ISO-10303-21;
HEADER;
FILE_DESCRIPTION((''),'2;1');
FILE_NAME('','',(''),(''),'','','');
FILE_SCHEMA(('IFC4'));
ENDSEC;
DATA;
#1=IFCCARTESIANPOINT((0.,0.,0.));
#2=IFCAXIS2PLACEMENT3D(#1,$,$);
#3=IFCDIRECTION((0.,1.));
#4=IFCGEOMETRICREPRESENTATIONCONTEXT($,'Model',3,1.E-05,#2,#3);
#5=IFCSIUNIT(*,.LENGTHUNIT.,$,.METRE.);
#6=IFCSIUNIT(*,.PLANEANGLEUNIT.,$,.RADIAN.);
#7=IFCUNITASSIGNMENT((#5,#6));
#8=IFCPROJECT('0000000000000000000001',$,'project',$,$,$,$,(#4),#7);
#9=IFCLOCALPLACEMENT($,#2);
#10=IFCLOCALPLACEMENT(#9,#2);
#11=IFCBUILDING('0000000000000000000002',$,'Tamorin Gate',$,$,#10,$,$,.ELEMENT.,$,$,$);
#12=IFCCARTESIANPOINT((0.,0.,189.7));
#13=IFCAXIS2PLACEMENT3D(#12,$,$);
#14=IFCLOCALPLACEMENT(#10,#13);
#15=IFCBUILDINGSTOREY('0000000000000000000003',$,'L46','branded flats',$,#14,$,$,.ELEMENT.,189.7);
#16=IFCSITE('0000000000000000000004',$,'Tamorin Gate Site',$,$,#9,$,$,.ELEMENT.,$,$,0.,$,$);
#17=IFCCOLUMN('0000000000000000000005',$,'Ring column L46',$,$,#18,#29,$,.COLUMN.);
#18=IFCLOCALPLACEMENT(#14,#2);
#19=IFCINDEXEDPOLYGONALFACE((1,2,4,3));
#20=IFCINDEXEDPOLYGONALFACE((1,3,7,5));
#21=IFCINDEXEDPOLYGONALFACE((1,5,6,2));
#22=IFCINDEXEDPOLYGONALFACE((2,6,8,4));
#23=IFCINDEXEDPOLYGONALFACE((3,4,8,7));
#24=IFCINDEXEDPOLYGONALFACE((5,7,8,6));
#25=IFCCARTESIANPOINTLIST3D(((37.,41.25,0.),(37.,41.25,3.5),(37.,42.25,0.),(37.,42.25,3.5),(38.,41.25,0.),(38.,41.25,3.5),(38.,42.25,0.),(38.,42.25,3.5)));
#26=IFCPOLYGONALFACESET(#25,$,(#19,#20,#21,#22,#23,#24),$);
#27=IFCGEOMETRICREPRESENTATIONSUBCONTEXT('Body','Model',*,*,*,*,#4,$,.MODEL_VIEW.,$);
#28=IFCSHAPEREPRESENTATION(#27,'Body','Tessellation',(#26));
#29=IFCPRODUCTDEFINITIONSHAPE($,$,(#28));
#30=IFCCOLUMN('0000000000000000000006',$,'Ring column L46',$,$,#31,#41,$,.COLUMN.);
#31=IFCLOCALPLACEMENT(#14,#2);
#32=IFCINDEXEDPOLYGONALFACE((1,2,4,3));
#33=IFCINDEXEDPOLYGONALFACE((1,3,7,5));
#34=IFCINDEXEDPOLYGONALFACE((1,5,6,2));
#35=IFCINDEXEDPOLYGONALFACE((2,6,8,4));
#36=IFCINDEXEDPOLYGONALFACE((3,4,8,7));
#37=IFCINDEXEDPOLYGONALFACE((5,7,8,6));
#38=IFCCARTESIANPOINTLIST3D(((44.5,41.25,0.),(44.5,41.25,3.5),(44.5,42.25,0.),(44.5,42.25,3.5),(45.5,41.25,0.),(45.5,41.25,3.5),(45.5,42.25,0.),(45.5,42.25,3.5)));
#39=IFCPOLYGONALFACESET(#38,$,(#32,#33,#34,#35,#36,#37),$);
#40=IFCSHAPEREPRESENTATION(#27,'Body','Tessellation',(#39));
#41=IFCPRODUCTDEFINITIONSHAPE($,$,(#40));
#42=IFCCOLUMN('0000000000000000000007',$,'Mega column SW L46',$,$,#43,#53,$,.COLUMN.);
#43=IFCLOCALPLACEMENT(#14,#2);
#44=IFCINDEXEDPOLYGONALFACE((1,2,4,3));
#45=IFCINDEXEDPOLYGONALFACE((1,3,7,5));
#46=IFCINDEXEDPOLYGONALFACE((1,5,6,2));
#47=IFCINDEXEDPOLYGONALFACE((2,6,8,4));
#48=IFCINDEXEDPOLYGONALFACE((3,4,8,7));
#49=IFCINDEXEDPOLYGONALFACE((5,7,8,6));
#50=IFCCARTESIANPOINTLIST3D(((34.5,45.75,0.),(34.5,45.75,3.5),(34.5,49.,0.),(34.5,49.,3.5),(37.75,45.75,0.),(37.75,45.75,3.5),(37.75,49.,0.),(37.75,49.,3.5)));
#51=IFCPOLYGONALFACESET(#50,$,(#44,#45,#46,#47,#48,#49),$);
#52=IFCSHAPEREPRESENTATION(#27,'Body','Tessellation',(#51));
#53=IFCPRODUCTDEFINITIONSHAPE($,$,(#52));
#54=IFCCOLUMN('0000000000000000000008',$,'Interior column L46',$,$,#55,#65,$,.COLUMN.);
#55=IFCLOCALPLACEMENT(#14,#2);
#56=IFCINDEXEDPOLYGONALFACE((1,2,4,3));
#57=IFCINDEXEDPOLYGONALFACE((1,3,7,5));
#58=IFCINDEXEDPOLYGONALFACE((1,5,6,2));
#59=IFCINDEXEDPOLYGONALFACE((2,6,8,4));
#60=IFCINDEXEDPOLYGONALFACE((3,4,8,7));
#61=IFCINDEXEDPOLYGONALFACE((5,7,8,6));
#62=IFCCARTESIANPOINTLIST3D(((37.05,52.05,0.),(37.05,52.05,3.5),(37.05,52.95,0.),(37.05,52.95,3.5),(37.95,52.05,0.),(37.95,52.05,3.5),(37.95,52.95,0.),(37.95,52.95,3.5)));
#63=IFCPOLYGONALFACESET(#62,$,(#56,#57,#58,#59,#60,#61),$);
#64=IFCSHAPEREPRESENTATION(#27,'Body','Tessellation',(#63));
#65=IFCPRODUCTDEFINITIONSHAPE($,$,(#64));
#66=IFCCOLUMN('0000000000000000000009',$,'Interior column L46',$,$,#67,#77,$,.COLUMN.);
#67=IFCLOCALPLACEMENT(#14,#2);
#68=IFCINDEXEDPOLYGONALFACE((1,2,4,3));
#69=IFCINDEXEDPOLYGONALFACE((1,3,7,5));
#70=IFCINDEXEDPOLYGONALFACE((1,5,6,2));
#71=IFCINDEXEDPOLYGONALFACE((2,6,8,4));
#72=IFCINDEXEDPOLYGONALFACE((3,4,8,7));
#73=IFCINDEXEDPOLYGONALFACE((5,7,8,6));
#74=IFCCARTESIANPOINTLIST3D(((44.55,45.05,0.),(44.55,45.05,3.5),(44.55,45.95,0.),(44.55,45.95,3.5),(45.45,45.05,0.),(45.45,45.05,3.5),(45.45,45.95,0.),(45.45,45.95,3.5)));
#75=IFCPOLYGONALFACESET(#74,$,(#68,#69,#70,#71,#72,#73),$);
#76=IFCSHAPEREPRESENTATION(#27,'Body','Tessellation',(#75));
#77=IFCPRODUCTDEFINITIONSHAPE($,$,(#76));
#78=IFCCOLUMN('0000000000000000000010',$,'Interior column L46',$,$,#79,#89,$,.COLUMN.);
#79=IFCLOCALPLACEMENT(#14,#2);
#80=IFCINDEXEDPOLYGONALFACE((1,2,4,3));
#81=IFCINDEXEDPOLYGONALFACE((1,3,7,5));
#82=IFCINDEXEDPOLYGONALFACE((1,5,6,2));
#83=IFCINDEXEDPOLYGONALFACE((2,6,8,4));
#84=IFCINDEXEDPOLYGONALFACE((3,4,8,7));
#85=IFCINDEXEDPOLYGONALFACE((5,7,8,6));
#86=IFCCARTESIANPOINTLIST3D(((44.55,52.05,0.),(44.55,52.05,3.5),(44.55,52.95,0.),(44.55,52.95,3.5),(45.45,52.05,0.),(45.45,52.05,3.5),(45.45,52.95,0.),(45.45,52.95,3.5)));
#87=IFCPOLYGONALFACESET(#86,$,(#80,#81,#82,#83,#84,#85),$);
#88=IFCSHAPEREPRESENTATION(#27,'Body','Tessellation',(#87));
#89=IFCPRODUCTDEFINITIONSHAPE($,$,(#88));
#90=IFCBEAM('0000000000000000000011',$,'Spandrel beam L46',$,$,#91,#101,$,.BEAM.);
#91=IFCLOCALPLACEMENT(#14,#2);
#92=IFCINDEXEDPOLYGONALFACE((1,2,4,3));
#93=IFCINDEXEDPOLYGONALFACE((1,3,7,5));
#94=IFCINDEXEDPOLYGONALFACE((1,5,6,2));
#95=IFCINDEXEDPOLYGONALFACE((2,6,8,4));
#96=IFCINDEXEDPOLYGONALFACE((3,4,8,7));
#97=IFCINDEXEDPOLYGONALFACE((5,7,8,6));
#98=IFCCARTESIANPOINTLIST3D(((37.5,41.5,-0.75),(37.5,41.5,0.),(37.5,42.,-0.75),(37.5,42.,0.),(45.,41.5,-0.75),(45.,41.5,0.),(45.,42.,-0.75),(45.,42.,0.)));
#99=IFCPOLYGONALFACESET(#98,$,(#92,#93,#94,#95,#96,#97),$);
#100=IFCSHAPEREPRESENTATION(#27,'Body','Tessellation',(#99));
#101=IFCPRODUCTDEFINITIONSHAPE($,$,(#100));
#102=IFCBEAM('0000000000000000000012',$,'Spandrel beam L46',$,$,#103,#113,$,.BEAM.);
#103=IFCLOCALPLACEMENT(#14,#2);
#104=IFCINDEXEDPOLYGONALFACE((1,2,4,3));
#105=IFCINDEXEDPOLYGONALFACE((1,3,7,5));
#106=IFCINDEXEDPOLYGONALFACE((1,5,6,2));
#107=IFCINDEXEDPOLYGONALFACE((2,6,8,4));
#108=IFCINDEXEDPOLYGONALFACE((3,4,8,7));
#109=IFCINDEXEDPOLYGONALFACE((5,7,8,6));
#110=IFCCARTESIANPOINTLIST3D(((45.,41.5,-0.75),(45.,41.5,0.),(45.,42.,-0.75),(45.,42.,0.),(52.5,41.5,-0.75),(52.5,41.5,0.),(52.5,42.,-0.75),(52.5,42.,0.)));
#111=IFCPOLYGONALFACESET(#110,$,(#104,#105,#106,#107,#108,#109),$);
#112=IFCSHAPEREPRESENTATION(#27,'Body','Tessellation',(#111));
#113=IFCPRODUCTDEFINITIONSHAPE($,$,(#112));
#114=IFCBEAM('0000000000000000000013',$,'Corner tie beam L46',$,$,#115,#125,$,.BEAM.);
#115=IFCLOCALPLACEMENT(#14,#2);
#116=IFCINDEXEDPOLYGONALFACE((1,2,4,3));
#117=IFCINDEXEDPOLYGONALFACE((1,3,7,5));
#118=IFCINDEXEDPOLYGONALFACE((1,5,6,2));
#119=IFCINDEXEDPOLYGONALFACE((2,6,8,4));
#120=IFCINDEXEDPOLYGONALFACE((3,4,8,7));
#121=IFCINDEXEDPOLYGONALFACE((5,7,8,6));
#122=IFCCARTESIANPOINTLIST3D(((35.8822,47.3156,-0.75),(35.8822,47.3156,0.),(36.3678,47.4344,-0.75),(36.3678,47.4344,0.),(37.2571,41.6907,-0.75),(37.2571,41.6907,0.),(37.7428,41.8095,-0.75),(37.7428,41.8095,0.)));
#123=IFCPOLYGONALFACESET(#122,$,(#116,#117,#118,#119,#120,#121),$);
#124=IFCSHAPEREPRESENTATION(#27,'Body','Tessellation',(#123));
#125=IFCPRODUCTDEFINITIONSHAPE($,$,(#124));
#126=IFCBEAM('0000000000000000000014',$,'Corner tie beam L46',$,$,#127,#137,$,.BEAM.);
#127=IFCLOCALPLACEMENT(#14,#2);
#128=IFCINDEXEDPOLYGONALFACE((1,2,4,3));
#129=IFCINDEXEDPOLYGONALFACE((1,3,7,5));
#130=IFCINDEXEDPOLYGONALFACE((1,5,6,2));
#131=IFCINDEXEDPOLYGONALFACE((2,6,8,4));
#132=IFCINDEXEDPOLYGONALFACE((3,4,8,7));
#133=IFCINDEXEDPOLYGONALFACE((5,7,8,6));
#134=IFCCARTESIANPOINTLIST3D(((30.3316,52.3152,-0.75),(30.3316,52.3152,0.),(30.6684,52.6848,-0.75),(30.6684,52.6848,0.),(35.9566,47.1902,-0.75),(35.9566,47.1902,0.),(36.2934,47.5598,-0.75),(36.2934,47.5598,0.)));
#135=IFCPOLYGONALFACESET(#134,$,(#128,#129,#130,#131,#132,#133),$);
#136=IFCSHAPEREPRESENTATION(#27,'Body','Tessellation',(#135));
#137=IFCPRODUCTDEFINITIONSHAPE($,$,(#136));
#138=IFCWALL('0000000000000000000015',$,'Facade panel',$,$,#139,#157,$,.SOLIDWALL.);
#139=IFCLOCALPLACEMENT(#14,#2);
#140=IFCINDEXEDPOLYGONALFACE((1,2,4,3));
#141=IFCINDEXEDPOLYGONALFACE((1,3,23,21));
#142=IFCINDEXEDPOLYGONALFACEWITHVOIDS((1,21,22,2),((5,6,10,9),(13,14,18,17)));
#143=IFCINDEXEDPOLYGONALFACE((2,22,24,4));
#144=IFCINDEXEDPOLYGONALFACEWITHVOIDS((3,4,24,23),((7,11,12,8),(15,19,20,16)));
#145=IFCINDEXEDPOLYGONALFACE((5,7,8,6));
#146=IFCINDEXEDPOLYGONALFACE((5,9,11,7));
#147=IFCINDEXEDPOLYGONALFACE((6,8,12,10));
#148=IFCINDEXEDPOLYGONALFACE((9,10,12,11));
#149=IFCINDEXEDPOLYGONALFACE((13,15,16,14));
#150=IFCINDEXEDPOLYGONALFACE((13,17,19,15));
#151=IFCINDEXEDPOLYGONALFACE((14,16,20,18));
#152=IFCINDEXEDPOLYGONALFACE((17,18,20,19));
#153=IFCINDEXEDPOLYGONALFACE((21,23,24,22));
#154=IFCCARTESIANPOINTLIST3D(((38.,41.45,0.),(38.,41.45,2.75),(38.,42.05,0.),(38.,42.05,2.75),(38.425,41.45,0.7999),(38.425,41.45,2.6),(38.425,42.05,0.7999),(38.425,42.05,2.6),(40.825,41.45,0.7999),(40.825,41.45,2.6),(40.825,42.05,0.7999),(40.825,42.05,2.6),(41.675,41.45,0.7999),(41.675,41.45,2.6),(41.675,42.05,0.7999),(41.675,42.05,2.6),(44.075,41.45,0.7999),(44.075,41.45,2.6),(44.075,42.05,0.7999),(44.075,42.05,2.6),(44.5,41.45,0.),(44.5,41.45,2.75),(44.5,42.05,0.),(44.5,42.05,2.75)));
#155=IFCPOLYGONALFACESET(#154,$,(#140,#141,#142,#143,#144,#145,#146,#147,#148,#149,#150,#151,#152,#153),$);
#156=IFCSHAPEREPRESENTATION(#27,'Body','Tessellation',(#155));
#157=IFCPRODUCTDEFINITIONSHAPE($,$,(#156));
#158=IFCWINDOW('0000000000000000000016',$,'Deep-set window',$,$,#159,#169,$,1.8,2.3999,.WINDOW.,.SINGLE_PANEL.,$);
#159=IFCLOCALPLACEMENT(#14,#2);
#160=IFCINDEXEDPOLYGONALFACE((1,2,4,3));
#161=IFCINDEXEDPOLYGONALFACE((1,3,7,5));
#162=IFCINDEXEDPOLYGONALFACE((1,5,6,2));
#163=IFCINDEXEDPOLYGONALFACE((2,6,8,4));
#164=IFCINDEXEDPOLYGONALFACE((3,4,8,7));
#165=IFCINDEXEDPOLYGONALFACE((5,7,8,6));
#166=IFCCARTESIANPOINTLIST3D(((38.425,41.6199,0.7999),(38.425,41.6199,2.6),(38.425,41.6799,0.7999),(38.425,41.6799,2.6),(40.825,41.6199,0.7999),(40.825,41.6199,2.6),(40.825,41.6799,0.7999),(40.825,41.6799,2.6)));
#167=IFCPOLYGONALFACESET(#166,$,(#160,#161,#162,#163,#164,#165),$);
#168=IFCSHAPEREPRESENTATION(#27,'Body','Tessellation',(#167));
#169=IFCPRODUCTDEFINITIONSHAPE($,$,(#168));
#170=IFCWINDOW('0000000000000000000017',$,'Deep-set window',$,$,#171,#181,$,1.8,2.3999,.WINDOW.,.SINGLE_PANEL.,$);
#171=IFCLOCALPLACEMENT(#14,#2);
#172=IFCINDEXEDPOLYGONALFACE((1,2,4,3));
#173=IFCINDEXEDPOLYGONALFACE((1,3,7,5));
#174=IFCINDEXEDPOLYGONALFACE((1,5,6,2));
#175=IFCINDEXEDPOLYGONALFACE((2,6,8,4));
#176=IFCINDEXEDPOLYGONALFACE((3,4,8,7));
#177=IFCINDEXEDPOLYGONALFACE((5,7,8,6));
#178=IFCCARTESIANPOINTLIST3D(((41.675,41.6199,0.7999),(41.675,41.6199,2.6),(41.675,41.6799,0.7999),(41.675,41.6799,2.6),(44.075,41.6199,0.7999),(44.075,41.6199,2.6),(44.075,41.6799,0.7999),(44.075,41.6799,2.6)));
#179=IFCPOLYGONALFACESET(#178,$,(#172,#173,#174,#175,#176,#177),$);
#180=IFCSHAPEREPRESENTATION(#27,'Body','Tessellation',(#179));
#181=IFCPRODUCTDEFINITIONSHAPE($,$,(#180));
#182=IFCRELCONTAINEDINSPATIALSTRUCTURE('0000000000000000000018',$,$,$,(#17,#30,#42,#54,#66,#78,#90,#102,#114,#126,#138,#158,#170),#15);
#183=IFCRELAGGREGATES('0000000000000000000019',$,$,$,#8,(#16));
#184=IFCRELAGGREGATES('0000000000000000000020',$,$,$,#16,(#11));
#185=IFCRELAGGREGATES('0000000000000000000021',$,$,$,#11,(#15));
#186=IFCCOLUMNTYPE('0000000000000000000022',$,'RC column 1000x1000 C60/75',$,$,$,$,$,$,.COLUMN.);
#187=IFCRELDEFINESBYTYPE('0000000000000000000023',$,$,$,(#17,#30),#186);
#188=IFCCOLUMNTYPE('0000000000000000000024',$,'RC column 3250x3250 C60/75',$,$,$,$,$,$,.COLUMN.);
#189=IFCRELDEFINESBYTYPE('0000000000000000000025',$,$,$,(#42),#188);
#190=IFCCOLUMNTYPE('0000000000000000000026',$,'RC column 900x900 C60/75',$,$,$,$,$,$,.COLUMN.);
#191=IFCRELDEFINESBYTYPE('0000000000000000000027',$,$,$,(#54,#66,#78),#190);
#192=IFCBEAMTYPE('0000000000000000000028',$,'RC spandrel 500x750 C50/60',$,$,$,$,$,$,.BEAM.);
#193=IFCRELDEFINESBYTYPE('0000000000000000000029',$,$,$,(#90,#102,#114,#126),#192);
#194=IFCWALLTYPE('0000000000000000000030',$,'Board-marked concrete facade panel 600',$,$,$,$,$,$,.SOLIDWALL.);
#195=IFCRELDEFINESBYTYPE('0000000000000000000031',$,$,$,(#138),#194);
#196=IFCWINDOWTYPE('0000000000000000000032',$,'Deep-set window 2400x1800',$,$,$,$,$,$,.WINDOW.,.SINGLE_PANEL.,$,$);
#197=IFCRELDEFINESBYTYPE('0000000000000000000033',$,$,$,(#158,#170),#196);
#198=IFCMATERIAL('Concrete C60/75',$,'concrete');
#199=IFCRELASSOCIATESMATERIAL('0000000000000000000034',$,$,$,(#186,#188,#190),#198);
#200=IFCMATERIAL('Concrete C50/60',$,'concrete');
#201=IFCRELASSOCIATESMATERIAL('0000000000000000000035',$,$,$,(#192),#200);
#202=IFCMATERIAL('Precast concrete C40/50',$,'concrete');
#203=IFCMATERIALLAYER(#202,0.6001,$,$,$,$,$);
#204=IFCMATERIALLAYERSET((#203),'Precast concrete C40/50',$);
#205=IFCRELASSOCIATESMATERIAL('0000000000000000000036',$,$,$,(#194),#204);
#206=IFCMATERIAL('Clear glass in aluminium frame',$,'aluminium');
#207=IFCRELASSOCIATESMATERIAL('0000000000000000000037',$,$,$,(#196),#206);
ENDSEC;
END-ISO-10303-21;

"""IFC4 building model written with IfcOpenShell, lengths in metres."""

from ifc_helpers import new_model, si_unit, direction, frame, frame_2d, origin, origin_2d, place, context, subcontext, project, spatial, rectangle, extrude, material, layer, layer_set, material_profile, profile_set, type_object, element, fill, save


model = new_model("IFC4")

# Units and contexts
model_context = context("Model", 3, precision=1e-05, world=origin(), true_north=direction((0.0, 1.0)))
body_context = subcontext(model_context, "Body", "Model", "MODEL_VIEW")
ifc_project = project(units=[si_unit("LENGTHUNIT", "METRE"), si_unit("PLANEANGLEUNIT", "RADIAN")], contexts=[model_context])

# Site, building, storey
site_placement = place(None, origin())
site = spatial("IfcSite", under=ifc_project, at=site_placement, Name="Tamorin Gate Site", CompositionType="ELEMENT", RefElevation=0.0)
building_placement = place(site_placement, origin())
building = spatial("IfcBuilding", under=site, at=building_placement, Name="Tamorin Gate", CompositionType="ELEMENT")
storey_placement = place(building_placement, frame((0.0, 0.0, 189.7)))
storey = spatial("IfcBuildingStorey", under=building, at=storey_placement, Name="L46", Description="branded flats", CompositionType="ELEMENT", Elevation=189.7)

# Columns
ifc_material_1 = material(Name="Concrete C60/75", Category="concrete")
ifc_material_profile_1 = material_profile(ifc_material_1, rectangle(XDim=1.0, YDim=1.0, at=origin_2d()), Name="RC 1000x1000")
ifc_profile_set_1 = profile_set([ifc_material_profile_1], Name="Concrete C60/75")
column_type_1 = type_object("IfcColumnType", Name="RC column 1000x1000 C60/75", PredefinedType="COLUMN", material=ifc_profile_set_1)
for number, where, z_axis, x_axis, name in (
    (1, (37.5, 41.75, 0.0), (0.0, 0.0, 1.0), (1.0, 0.0, 0.0), "Ring column L46"),
    (2, (45.0, 41.75, 0.0), (0.0, 0.0, 1.0), (1.0, 0.0, 0.0), "Ring column L46"),
):
    element("IfcColumn", number, at=place(storey_placement, frame(where, z_axis=z_axis, x_axis=x_axis)), inside=storey, type_object=column_type_1, Name=name, PredefinedType="COLUMN", context=body_context, shape_type="SweptSolid", body=[
        extrude(rectangle(XDim=1.0, YDim=1.0, at=origin_2d()), origin(), (0.0, 0.0, 1.0), 3.5),
    ])
ifc_material_profile_2 = material_profile(ifc_material_1, rectangle(XDim=3.25, YDim=3.25, at=origin_2d()), Name="RC 3250x3250")
ifc_profile_set_2 = profile_set([ifc_material_profile_2], Name="Concrete C60/75")
column_type_2 = type_object("IfcColumnType", Name="RC column 3250x3250 C60/75", PredefinedType="COLUMN", material=ifc_profile_set_2)
column_placement = place(storey_placement, frame((36.125, 47.375, 0.0), z_axis=(0.0, 0.0, 1.0), x_axis=(1.0, 0.0, 0.0)))
element("IfcColumn", 3, at=column_placement, inside=storey, type_object=column_type_2, Name="Mega column SW L46", PredefinedType="COLUMN", context=body_context, shape_type="SweptSolid", body=[
    extrude(rectangle(XDim=3.25, YDim=3.25, at=origin_2d()), origin(), (0.0, 0.0, 1.0), 3.5),
])
ifc_material_profile_3 = material_profile(ifc_material_1, rectangle(XDim=0.8999, YDim=0.8999, at=origin_2d()), Name="RC 900x900")
ifc_profile_set_3 = profile_set([ifc_material_profile_3], Name="Concrete C60/75")
column_type_3 = type_object("IfcColumnType", Name="RC column 900x900 C60/75", PredefinedType="COLUMN", material=ifc_profile_set_3)
for number, where, z_axis, x_axis, name in (
    (4, (37.5, 52.5, 0.0), (0.0, 0.0, 1.0), (1.0, 0.0, 0.0), "Interior column L46"),
    (5, (45.0, 45.5, 0.0), (0.0, 0.0, 1.0), (1.0, 0.0, 0.0), "Interior column L46"),
    (6, (45.0, 52.5, 0.0), (0.0, 0.0, 1.0), (1.0, 0.0, 0.0), "Interior column L46"),
):
    element("IfcColumn", number, at=place(storey_placement, frame(where, z_axis=z_axis, x_axis=x_axis)), inside=storey, type_object=column_type_3, Name=name, PredefinedType="COLUMN", context=body_context, shape_type="SweptSolid", body=[
        extrude(rectangle(XDim=0.8999, YDim=0.8999, at=origin_2d()), origin(), (0.0, 0.0, 1.0), 3.5),
    ])

# Beams
ifc_material_2 = material(Name="Concrete C50/60", Category="concrete")
ifc_material_profile_4 = material_profile(ifc_material_2, rectangle(XDim=0.5, YDim=0.75, at=origin_2d()), Name="RC 500x750")
ifc_profile_set_4 = profile_set([ifc_material_profile_4], Name="Concrete C50/60")
beam_type = type_object("IfcBeamType", Name="RC spandrel 500x750 C50/60", PredefinedType="BEAM", material=ifc_profile_set_4)
for number, where, z_axis, x_axis, name in (
    (7, (37.5, 41.75, -0.375), (1.0, 0.0, 0.0), (0.0, 1.0, 0.0), "Spandrel beam L46"),
    (8, (45.0, 41.75, -0.375), (1.0, 0.0, 0.0), (0.0, 1.0, 0.0), "Spandrel beam L46"),
):
    element("IfcBeam", number, at=place(storey_placement, frame(where, z_axis=z_axis, x_axis=x_axis)), inside=storey, type_object=beam_type, Name=name, PredefinedType="BEAM", context=body_context, shape_type="SweptSolid", body=[
        extrude(rectangle(XDim=0.5, YDim=0.75, at=origin_2d()), origin(), (0.0, 0.0, 1.0), 7.5),
    ])
beam_1_placement = place(storey_placement, frame((36.125, 47.375, -0.375), z_axis=(0.237453, -0.971399, 0.0), x_axis=(0.971399, 0.237453, 0.0)))
element("IfcBeam", 9, at=beam_1_placement, inside=storey, type_object=beam_type, Name="Corner tie beam L46", PredefinedType="BEAM", context=body_context, shape_type="SweptSolid", body=[
    extrude(rectangle(XDim=0.5, YDim=0.75, at=origin_2d()), origin(), (0.0, 0.0, 1.0), 5.7905),
])
beam_2_placement = place(storey_placement, frame((36.125, 47.375, -0.375), z_axis=(-0.739196, 0.67349, 0.0), x_axis=(-0.67349, -0.739196, 0.0)))
element("IfcBeam", 10, at=beam_2_placement, inside=storey, type_object=beam_type, Name="Corner tie beam L46", PredefinedType="BEAM", context=body_context, shape_type="SweptSolid", body=[
    extrude(rectangle(XDim=0.5, YDim=0.75, at=origin_2d()), origin(), (0.0, 0.0, 1.0), 7.6096),
])

# Wall, openings, windows
ifc_material_3 = material(Name="Precast concrete C40/50", Category="concrete")
ifc_layer_1 = layer(ifc_material_3, 0.6001)
ifc_layer_set_1 = layer_set([ifc_layer_1], Name="Precast concrete C40/50")
wall_type_1 = type_object("IfcWallType", Name="Board-marked concrete facade panel 600", PredefinedType="SOLIDWALL", material=ifc_layer_set_1)
wall_1_placement = place(storey_placement, frame((38.0, 41.75, 0.0), z_axis=(0.0, 0.0, 1.0), x_axis=(1.0, 0.0, 0.0)))
wall_1 = element("IfcWall", 11, at=wall_1_placement, inside=storey, type_object=wall_type_1, Name="Facade panel", PredefinedType="SOLIDWALL", context=body_context, shape_type="SweptSolid", body=[
    extrude(rectangle(XDim=6.5, YDim=0.6001, at=frame_2d((3.25, 0.0))), origin(), (0.0, 0.0, 1.0), 2.75),
])
opening_1_placement = place(wall_1_placement, frame((0.425, 0.0, 0.8)))
opening_1 = element("IfcOpeningElement", 12, at=opening_1_placement, cuts=wall_1, PredefinedType="OPENING", context=body_context, shape_type="SweptSolid", body=[
    extrude(rectangle(XDim=2.3999, YDim=1.8, at=frame_2d((1.2, 0.8999))), frame((0.0, 0.3101, 0.0), z_axis=(0.0, -1.0, 0.0), x_axis=(1.0, 0.0, 0.0)), (0.0, 0.0, 1.0), 0.6201),
])
opening_2_placement = place(wall_1_placement, frame((3.675, 0.0, 0.8)))
opening_2 = element("IfcOpeningElement", 13, at=opening_2_placement, cuts=wall_1, PredefinedType="OPENING", context=body_context, shape_type="SweptSolid", body=[
    extrude(rectangle(XDim=2.3999, YDim=1.8, at=frame_2d((1.2, 0.8999))), frame((0.0, 0.3101, 0.0), z_axis=(0.0, -1.0, 0.0), x_axis=(1.0, 0.0, 0.0)), (0.0, 0.0, 1.0), 0.6201),
])
ifc_material_4 = material(Name="Clear glass in aluminium frame", Category="aluminium")
window_type = type_object("IfcWindowType", Name="Deep-set window 2400x1800", PartitioningType="SINGLE_PANEL", PredefinedType="WINDOW", material=ifc_material_4)
window_1_placement = place(opening_1_placement, origin())
window_1 = element("IfcWindow", 14, at=window_1_placement, inside=storey, type_object=window_type, Name="Deep-set window", OverallHeight=1.8, OverallWidth=2.3999, PartitioningType="SINGLE_PANEL", PredefinedType="WINDOW", context=body_context, shape_type="SweptSolid", body=[
    extrude(rectangle(XDim=2.3999, YDim=1.8, at=frame_2d((1.2, 0.8999))), frame((0.0, -0.0701, 0.0), z_axis=(0.0, -1.0, 0.0), x_axis=(1.0, 0.0, 0.0)), (0.0, 0.0, 1.0), 0.0601),
])
fill(opening_1, window_1)
window_2_placement = place(opening_2_placement, origin())
window_2 = element("IfcWindow", 15, at=window_2_placement, inside=storey, type_object=window_type, Name="Deep-set window", OverallHeight=1.8, OverallWidth=2.3999, PartitioningType="SINGLE_PANEL", PredefinedType="WINDOW", context=body_context, shape_type="SweptSolid", body=[
    extrude(rectangle(XDim=2.3999, YDim=1.8, at=frame_2d((1.2, 0.8999))), frame((0.0, -0.0701, 0.0), z_axis=(0.0, -1.0, 0.0), x_axis=(1.0, 0.0, 0.0)), (0.0, 0.0, 1.0), 0.0601),
])
fill(opening_2, window_2)

save(model, "model.ifc")
